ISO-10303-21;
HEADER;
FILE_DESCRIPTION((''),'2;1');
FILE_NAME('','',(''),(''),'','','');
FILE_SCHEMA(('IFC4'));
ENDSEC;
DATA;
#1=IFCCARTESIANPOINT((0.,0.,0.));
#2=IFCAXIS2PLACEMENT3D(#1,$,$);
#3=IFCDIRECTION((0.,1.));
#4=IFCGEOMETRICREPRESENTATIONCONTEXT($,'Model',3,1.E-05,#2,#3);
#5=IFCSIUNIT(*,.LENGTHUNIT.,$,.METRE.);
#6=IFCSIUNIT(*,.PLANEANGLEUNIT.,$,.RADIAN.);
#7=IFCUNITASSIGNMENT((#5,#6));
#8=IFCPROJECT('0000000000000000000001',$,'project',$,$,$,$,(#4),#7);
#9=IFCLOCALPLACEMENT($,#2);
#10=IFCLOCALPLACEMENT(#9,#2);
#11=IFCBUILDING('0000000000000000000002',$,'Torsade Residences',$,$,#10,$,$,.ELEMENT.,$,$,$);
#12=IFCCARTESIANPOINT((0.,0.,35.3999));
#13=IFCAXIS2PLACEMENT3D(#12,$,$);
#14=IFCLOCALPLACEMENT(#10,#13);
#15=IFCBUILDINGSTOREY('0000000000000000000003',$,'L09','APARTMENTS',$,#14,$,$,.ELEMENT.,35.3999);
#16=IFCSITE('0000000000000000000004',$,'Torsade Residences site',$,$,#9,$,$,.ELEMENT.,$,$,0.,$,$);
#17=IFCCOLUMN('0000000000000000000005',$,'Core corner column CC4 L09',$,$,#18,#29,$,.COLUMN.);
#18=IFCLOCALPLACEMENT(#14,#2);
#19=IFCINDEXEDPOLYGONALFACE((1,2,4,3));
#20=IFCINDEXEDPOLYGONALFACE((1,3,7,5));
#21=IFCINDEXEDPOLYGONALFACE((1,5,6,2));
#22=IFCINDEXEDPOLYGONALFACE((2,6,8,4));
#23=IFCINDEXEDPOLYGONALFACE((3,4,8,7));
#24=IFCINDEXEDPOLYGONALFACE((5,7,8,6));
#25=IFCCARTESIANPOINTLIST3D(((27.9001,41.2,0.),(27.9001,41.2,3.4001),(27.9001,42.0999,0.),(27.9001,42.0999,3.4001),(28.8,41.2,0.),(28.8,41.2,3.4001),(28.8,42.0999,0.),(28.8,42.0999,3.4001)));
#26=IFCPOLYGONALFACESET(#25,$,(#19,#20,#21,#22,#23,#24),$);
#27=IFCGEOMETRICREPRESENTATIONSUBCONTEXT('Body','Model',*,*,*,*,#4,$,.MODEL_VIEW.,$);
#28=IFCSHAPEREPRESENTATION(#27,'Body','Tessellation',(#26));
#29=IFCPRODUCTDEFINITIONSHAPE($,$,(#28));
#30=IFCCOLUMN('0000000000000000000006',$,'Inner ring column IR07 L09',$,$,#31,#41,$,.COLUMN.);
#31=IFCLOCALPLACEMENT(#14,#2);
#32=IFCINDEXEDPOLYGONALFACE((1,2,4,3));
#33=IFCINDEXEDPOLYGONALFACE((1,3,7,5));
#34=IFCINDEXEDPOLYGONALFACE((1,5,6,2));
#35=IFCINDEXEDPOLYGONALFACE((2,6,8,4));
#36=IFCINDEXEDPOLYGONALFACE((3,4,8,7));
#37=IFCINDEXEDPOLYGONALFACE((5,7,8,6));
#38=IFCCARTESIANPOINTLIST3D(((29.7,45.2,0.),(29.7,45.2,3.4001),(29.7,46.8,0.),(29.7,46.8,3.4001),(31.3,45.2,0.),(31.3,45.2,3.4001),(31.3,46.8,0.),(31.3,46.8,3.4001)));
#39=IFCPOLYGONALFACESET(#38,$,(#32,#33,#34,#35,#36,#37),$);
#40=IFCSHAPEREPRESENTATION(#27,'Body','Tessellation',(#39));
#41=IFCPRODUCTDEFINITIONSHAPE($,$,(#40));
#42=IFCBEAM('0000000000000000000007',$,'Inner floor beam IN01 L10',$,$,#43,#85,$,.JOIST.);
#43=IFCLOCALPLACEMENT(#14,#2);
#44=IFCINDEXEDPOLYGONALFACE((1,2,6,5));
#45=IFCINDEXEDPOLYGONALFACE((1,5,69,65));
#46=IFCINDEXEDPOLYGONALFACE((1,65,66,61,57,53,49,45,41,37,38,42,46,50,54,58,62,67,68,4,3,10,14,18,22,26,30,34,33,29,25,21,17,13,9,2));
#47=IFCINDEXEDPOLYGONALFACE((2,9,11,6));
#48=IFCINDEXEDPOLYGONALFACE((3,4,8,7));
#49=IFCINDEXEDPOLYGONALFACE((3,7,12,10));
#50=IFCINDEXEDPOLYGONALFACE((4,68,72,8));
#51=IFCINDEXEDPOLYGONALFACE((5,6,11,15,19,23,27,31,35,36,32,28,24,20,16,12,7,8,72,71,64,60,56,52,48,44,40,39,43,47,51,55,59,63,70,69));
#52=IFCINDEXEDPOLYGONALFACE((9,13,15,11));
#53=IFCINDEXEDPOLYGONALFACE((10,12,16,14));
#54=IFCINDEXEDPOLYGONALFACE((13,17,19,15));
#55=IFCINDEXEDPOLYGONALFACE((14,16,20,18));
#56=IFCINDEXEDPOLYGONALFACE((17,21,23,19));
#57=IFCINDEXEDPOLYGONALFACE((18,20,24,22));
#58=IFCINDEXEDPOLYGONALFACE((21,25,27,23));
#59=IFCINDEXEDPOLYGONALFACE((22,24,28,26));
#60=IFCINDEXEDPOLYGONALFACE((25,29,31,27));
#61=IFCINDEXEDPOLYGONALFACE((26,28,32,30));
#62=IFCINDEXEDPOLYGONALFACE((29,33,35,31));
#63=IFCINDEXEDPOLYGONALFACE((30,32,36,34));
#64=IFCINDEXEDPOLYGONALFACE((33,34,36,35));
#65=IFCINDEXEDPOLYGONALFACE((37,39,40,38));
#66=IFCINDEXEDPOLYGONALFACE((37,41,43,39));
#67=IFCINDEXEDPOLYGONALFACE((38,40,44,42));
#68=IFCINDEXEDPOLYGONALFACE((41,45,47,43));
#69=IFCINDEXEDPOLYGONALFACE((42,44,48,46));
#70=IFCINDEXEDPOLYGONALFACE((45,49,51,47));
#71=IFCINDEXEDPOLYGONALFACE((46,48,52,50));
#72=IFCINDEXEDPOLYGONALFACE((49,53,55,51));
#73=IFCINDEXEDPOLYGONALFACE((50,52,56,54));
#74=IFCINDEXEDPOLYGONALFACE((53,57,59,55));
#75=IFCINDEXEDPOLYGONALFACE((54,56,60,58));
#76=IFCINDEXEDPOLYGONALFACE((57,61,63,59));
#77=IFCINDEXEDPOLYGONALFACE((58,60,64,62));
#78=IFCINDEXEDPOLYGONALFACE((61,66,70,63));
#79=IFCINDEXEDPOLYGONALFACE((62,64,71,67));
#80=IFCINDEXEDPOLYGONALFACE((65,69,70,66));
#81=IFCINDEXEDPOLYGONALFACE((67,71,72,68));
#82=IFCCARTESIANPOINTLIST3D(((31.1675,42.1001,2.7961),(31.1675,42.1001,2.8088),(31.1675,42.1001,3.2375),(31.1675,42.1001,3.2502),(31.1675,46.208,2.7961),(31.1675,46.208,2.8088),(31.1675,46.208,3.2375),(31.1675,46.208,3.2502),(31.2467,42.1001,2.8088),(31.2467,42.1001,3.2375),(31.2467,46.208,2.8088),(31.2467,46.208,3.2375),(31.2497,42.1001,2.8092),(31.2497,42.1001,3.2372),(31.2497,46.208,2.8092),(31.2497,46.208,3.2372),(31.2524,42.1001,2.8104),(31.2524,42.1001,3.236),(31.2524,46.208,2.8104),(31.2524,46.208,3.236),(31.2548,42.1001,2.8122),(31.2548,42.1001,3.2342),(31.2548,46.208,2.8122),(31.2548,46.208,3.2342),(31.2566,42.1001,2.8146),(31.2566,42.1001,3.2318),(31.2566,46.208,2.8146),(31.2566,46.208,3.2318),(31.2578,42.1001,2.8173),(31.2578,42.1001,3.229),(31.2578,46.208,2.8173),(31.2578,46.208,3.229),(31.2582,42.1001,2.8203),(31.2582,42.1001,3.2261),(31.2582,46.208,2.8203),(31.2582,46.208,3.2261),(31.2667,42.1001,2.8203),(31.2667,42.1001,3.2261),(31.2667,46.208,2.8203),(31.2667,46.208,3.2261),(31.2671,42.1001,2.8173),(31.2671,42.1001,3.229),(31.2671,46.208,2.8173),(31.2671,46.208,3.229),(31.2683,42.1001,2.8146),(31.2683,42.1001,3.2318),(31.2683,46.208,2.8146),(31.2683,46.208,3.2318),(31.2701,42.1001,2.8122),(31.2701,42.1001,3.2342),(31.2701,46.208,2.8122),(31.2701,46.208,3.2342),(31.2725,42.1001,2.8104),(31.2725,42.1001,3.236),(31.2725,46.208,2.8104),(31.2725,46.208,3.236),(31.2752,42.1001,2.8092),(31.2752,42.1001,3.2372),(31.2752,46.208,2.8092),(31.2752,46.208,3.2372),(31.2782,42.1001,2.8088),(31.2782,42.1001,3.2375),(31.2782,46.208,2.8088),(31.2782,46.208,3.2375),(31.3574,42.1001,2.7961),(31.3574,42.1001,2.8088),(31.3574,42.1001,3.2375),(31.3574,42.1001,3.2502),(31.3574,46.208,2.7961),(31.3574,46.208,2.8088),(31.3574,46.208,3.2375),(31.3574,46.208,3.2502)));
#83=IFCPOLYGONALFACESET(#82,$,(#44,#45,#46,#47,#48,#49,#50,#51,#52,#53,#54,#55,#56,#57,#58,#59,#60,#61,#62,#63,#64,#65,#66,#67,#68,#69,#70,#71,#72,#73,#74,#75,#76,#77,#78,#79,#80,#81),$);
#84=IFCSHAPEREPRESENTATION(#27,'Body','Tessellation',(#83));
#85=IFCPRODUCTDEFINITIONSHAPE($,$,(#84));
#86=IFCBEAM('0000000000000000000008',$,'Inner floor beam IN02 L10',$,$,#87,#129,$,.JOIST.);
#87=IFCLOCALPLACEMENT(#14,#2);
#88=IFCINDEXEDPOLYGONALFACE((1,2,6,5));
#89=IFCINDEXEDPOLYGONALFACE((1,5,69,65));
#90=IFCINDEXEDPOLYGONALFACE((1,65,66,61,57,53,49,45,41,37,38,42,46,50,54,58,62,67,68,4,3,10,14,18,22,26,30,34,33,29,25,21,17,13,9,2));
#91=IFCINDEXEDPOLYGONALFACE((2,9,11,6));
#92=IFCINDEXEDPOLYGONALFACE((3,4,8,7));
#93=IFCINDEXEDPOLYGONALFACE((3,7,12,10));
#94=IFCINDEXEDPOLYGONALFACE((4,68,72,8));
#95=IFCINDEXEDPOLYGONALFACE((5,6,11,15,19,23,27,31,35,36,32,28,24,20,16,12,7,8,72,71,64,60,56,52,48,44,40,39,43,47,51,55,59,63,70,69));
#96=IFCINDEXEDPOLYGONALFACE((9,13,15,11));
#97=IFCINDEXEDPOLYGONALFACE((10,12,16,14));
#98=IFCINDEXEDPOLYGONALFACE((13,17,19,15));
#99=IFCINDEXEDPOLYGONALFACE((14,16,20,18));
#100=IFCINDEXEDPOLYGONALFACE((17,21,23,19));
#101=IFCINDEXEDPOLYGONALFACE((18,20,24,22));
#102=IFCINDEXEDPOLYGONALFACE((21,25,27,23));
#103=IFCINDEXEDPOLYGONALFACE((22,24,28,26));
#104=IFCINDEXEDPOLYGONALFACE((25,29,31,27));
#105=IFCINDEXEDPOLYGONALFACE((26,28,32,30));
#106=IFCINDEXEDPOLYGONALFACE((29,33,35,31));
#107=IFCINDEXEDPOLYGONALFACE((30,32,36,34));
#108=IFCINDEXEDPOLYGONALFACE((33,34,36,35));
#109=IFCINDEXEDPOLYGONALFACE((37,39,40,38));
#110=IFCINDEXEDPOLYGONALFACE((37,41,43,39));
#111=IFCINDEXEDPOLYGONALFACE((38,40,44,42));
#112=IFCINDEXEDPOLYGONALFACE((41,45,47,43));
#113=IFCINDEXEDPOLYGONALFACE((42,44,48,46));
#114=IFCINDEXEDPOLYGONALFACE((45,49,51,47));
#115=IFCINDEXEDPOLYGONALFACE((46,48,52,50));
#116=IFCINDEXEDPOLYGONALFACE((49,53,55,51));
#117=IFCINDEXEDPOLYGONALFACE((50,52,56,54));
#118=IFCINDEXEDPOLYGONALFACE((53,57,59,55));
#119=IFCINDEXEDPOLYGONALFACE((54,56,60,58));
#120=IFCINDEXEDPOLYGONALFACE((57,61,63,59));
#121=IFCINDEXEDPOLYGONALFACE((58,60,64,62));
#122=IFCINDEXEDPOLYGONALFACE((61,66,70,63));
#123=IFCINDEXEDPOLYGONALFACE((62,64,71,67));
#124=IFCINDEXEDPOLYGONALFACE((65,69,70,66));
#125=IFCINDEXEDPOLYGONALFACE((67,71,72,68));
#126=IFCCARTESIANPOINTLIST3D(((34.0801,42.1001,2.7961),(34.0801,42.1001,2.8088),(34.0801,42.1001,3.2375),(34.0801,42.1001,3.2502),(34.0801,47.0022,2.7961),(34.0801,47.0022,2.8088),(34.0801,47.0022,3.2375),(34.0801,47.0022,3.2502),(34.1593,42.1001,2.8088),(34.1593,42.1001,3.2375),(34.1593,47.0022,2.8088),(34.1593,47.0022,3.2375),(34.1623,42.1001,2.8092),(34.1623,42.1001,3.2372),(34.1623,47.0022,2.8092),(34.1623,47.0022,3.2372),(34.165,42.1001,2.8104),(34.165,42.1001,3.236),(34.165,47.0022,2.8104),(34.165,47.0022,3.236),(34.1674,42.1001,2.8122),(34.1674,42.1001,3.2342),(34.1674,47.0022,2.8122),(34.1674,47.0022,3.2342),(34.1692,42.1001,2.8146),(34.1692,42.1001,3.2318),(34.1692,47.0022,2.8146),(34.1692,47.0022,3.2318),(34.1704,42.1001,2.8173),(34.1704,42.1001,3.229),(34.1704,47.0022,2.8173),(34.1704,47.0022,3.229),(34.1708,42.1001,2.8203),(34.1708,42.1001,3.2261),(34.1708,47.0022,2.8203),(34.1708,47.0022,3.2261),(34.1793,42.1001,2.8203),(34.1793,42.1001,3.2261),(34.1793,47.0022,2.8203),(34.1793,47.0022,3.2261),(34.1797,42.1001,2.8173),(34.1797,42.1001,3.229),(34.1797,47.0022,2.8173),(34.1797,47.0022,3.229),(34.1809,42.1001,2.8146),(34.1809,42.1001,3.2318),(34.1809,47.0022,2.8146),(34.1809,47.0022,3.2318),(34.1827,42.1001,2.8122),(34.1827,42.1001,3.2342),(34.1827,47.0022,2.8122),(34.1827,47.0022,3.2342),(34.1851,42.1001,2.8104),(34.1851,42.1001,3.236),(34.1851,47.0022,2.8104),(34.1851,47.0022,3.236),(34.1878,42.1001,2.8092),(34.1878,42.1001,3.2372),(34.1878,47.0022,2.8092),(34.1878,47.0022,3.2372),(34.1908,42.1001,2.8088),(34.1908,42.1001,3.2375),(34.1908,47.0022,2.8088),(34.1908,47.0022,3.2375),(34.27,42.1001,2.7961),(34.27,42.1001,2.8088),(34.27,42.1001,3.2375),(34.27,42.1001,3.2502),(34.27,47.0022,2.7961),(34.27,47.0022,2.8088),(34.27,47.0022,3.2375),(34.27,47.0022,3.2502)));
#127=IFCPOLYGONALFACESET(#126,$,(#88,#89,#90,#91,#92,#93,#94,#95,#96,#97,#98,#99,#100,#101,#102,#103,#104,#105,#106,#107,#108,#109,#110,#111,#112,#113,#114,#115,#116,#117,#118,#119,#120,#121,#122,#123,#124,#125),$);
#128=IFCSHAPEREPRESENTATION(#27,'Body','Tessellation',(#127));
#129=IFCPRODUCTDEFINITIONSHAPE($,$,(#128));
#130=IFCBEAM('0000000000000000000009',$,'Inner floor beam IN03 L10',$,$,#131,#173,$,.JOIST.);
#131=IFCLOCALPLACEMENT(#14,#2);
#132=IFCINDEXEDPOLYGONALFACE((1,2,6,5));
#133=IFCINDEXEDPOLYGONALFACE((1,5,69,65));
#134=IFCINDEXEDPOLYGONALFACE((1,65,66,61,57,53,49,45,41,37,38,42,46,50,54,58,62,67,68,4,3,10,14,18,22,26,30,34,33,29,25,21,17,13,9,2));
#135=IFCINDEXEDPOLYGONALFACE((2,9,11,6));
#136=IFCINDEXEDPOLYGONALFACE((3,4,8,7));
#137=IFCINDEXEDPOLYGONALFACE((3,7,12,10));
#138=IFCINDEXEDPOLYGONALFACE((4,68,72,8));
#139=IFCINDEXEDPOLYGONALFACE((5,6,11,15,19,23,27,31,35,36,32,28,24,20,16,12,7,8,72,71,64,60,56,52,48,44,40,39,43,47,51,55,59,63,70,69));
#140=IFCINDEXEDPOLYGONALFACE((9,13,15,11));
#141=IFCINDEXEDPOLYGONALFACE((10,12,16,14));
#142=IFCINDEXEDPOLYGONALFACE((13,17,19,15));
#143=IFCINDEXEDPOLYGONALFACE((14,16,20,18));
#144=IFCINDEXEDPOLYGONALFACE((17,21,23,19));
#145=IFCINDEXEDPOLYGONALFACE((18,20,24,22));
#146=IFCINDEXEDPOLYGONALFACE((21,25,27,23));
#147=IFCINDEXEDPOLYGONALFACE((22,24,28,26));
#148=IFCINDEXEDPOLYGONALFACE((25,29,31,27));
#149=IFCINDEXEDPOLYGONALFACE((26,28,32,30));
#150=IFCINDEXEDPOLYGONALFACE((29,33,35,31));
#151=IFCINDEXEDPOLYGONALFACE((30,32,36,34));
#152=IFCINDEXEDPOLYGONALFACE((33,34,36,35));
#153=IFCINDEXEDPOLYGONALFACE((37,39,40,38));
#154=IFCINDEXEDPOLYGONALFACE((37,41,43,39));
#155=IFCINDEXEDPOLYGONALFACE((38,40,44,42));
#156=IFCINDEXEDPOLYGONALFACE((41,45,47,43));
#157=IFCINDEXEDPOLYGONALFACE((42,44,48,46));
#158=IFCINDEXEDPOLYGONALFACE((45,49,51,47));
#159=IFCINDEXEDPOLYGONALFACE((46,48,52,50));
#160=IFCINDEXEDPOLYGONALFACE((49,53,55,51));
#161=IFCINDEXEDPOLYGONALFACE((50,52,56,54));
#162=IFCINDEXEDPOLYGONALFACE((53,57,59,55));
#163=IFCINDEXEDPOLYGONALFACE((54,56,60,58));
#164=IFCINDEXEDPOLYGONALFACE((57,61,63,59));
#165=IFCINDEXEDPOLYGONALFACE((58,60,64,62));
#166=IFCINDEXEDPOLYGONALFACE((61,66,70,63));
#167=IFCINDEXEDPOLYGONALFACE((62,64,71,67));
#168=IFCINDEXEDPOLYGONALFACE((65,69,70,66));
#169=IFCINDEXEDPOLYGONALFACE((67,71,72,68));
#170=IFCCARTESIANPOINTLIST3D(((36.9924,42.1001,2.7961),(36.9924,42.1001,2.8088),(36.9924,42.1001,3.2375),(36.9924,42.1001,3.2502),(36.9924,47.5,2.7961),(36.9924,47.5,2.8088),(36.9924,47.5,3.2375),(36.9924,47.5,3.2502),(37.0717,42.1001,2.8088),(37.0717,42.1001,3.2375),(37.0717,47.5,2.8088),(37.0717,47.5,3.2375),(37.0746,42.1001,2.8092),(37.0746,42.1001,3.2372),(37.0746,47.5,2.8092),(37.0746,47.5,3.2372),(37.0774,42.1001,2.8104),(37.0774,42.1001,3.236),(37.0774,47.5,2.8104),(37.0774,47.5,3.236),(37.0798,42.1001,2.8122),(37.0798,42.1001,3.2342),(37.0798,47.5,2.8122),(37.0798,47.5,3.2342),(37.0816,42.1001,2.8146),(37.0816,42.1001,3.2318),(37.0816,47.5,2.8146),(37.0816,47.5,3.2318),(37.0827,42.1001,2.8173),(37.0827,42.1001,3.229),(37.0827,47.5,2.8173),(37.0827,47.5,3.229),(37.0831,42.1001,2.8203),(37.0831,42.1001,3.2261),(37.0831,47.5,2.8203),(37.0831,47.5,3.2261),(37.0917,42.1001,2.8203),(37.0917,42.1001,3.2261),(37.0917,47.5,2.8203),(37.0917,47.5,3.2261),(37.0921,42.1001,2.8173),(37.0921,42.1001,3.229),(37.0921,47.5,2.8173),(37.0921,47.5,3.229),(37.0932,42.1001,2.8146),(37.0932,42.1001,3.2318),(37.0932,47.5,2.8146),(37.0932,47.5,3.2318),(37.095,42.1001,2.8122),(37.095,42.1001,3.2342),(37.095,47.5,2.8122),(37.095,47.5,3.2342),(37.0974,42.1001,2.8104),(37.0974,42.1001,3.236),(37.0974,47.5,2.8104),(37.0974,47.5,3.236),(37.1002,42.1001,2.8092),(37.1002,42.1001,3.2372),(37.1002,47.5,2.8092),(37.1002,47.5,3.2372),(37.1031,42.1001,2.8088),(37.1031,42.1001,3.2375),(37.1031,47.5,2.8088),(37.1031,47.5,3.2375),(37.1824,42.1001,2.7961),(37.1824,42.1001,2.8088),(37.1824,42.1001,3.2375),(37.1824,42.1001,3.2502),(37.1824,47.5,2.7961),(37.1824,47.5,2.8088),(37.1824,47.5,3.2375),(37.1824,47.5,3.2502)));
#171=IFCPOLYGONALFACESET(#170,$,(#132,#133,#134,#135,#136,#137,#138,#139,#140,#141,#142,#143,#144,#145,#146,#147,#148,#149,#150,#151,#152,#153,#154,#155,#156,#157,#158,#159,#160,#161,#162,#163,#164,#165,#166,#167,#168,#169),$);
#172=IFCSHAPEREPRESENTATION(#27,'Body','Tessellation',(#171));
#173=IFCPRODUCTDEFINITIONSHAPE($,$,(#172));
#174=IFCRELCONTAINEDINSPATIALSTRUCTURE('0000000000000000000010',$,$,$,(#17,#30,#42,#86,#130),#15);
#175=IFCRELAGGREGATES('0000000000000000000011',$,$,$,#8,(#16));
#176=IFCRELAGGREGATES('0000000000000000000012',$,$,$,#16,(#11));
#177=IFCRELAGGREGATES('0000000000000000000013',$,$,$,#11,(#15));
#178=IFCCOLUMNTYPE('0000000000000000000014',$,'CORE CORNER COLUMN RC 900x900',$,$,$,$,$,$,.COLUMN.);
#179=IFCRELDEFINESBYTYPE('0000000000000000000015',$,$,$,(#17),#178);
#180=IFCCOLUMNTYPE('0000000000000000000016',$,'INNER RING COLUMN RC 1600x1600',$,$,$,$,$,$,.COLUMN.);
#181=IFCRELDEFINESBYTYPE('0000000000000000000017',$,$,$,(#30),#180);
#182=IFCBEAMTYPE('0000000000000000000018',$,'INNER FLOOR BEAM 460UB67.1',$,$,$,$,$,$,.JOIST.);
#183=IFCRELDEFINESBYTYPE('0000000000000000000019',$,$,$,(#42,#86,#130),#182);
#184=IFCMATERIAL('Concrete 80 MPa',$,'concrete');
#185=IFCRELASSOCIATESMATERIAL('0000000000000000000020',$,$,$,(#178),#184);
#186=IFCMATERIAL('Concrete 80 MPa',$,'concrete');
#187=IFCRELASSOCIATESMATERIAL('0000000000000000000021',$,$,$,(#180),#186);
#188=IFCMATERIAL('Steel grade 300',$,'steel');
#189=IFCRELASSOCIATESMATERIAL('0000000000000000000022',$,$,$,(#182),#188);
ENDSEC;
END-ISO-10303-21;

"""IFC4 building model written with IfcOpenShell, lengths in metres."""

from ifc_helpers import new_model, si_unit, direction, frame, origin, origin_2d, place, context, subcontext, project, spatial, rectangle, i_section, extrude, material, material_profile, profile_set, type_object, element, save


model = new_model("IFC4")

# Units and contexts
model_context = context("Model", 3, precision=1e-05, world=origin(), true_north=direction((0.0, 1.0)))
body_context = subcontext(model_context, "Body", "Model", "MODEL_VIEW")
ifc_project = project(units=[si_unit("LENGTHUNIT", "METRE"), si_unit("PLANEANGLEUNIT", "RADIAN")], contexts=[model_context])

# Site, building, storey
site_placement = place(None, origin())
site = spatial("IfcSite", under=ifc_project, at=site_placement, Name="Torsade Residences site", CompositionType="ELEMENT", RefElevation=0.0)
building_placement = place(site_placement, origin())
building = spatial("IfcBuilding", under=site, at=building_placement, Name="Torsade Residences", CompositionType="ELEMENT")
storey_placement = place(building_placement, frame((0.0, 0.0, 35.3999)))
storey = spatial("IfcBuildingStorey", under=building, at=storey_placement, Name="L09", Description="APARTMENTS", CompositionType="ELEMENT", Elevation=35.3999)

# Columns
ifc_material_1 = material(Name="Concrete 80 MPa", Category="concrete")
ifc_material_profile_1 = material_profile(ifc_material_1, rectangle(XDim=0.8999, YDim=0.8999, at=origin_2d()), Name="RC 900x900")
ifc_profile_set_1 = profile_set([ifc_material_profile_1], Name="Concrete 80 MPa")
column_type_1 = type_object("IfcColumnType", Name="CORE CORNER COLUMN RC 900x900", PredefinedType="COLUMN", material=ifc_profile_set_1)
column_1_placement = place(storey_placement, frame((28.3501, 41.6499, 0.0), z_axis=(0.0, 0.0, 1.0), x_axis=(1.0, 0.0, 0.0)))
element("IfcColumn", 1, at=column_1_placement, inside=storey, type_object=column_type_1, Name="Core corner column CC4 L09", PredefinedType="COLUMN", context=body_context, shape_type="SweptSolid", body=[
    extrude(rectangle(XDim=0.8999, YDim=0.8999, at=origin_2d()), origin(), (0.0, 0.0, 1.0), 3.4001),
])
ifc_material_2 = material(Name="Concrete 80 MPa", Category="concrete")
ifc_material_profile_2 = material_profile(ifc_material_2, rectangle(XDim=1.6001, YDim=1.6001, at=origin_2d()), Name="RC 1600x1600")
ifc_profile_set_2 = profile_set([ifc_material_profile_2], Name="Concrete 80 MPa")
column_type_2 = type_object("IfcColumnType", Name="INNER RING COLUMN RC 1600x1600", PredefinedType="COLUMN", material=ifc_profile_set_2)
column_2_placement = place(storey_placement, frame((30.5, 46.0, 0.0), z_axis=(0.0, 0.0, 1.0), x_axis=(1.0, 0.0, 0.0)))
element("IfcColumn", 2, at=column_2_placement, inside=storey, type_object=column_type_2, Name="Inner ring column IR07 L09", PredefinedType="COLUMN", context=body_context, shape_type="SweptSolid", body=[
    extrude(rectangle(XDim=1.6001, YDim=1.6001, at=origin_2d()), origin(), (0.0, 0.0, 1.0), 3.4001),
])

# Beams
ifc_material_3 = material(Name="Steel grade 300", Category="steel")
ifc_material_profile_3 = material_profile(ifc_material_3, i_section(OverallWidth=0.1899, OverallDepth=0.4541, WebThickness=0.0085, FlangeThickness=0.0127, FilletRadius=0.0115, at=origin_2d()), Name="460UB67.1")
ifc_profile_set_3 = profile_set([ifc_material_profile_3], Name="Steel grade 300")
beam_type_1 = type_object("IfcBeamType", Name="INNER FLOOR BEAM 460UB67.1", PredefinedType="JOIST", material=ifc_profile_set_3)
beam_1_placement = place(storey_placement, frame((31.2625, 42.1001, 3.0232), z_axis=(0.0, 1.0, 0.0), x_axis=(-1.0, 0.0, 0.0)))
element("IfcBeam", 3, at=beam_1_placement, inside=storey, type_object=beam_type_1, Name="Inner floor beam IN01 L10", PredefinedType="JOIST", context=body_context, shape_type="SweptSolid", body=[
    extrude(i_section(OverallWidth=0.1899, OverallDepth=0.4541, WebThickness=0.0085, FlangeThickness=0.0127, FilletRadius=0.0115, at=origin_2d()), origin(), (0.0, 0.0, 1.0), 4.1079),
])
beam_2_placement = place(storey_placement, frame((34.175, 42.1001, 3.0232), z_axis=(0.0, 1.0, 0.0), x_axis=(-1.0, 0.0, 0.0)))
element("IfcBeam", 4, at=beam_2_placement, inside=storey, type_object=beam_type_1, Name="Inner floor beam IN02 L10", PredefinedType="JOIST", context=body_context, shape_type="SweptSolid", body=[
    extrude(i_section(OverallWidth=0.1899, OverallDepth=0.4541, WebThickness=0.0085, FlangeThickness=0.0127, FilletRadius=0.0115, at=origin_2d()), origin(), (0.0, 0.0, 1.0), 4.9021),
])
beam_3_placement = place(storey_placement, frame((37.0874, 42.1001, 3.0232), z_axis=(0.0, 1.0, 0.0), x_axis=(-1.0, 0.0, 0.0)))
element("IfcBeam", 5, at=beam_3_placement, inside=storey, type_object=beam_type_1, Name="Inner floor beam IN03 L10", PredefinedType="JOIST", context=body_context, shape_type="SweptSolid", body=[
    extrude(i_section(OverallWidth=0.1899, OverallDepth=0.4541, WebThickness=0.0085, FlangeThickness=0.0127, FilletRadius=0.0115, at=origin_2d()), origin(), (0.0, 0.0, 1.0), 5.3999),
])

save(model, "model.ifc")
